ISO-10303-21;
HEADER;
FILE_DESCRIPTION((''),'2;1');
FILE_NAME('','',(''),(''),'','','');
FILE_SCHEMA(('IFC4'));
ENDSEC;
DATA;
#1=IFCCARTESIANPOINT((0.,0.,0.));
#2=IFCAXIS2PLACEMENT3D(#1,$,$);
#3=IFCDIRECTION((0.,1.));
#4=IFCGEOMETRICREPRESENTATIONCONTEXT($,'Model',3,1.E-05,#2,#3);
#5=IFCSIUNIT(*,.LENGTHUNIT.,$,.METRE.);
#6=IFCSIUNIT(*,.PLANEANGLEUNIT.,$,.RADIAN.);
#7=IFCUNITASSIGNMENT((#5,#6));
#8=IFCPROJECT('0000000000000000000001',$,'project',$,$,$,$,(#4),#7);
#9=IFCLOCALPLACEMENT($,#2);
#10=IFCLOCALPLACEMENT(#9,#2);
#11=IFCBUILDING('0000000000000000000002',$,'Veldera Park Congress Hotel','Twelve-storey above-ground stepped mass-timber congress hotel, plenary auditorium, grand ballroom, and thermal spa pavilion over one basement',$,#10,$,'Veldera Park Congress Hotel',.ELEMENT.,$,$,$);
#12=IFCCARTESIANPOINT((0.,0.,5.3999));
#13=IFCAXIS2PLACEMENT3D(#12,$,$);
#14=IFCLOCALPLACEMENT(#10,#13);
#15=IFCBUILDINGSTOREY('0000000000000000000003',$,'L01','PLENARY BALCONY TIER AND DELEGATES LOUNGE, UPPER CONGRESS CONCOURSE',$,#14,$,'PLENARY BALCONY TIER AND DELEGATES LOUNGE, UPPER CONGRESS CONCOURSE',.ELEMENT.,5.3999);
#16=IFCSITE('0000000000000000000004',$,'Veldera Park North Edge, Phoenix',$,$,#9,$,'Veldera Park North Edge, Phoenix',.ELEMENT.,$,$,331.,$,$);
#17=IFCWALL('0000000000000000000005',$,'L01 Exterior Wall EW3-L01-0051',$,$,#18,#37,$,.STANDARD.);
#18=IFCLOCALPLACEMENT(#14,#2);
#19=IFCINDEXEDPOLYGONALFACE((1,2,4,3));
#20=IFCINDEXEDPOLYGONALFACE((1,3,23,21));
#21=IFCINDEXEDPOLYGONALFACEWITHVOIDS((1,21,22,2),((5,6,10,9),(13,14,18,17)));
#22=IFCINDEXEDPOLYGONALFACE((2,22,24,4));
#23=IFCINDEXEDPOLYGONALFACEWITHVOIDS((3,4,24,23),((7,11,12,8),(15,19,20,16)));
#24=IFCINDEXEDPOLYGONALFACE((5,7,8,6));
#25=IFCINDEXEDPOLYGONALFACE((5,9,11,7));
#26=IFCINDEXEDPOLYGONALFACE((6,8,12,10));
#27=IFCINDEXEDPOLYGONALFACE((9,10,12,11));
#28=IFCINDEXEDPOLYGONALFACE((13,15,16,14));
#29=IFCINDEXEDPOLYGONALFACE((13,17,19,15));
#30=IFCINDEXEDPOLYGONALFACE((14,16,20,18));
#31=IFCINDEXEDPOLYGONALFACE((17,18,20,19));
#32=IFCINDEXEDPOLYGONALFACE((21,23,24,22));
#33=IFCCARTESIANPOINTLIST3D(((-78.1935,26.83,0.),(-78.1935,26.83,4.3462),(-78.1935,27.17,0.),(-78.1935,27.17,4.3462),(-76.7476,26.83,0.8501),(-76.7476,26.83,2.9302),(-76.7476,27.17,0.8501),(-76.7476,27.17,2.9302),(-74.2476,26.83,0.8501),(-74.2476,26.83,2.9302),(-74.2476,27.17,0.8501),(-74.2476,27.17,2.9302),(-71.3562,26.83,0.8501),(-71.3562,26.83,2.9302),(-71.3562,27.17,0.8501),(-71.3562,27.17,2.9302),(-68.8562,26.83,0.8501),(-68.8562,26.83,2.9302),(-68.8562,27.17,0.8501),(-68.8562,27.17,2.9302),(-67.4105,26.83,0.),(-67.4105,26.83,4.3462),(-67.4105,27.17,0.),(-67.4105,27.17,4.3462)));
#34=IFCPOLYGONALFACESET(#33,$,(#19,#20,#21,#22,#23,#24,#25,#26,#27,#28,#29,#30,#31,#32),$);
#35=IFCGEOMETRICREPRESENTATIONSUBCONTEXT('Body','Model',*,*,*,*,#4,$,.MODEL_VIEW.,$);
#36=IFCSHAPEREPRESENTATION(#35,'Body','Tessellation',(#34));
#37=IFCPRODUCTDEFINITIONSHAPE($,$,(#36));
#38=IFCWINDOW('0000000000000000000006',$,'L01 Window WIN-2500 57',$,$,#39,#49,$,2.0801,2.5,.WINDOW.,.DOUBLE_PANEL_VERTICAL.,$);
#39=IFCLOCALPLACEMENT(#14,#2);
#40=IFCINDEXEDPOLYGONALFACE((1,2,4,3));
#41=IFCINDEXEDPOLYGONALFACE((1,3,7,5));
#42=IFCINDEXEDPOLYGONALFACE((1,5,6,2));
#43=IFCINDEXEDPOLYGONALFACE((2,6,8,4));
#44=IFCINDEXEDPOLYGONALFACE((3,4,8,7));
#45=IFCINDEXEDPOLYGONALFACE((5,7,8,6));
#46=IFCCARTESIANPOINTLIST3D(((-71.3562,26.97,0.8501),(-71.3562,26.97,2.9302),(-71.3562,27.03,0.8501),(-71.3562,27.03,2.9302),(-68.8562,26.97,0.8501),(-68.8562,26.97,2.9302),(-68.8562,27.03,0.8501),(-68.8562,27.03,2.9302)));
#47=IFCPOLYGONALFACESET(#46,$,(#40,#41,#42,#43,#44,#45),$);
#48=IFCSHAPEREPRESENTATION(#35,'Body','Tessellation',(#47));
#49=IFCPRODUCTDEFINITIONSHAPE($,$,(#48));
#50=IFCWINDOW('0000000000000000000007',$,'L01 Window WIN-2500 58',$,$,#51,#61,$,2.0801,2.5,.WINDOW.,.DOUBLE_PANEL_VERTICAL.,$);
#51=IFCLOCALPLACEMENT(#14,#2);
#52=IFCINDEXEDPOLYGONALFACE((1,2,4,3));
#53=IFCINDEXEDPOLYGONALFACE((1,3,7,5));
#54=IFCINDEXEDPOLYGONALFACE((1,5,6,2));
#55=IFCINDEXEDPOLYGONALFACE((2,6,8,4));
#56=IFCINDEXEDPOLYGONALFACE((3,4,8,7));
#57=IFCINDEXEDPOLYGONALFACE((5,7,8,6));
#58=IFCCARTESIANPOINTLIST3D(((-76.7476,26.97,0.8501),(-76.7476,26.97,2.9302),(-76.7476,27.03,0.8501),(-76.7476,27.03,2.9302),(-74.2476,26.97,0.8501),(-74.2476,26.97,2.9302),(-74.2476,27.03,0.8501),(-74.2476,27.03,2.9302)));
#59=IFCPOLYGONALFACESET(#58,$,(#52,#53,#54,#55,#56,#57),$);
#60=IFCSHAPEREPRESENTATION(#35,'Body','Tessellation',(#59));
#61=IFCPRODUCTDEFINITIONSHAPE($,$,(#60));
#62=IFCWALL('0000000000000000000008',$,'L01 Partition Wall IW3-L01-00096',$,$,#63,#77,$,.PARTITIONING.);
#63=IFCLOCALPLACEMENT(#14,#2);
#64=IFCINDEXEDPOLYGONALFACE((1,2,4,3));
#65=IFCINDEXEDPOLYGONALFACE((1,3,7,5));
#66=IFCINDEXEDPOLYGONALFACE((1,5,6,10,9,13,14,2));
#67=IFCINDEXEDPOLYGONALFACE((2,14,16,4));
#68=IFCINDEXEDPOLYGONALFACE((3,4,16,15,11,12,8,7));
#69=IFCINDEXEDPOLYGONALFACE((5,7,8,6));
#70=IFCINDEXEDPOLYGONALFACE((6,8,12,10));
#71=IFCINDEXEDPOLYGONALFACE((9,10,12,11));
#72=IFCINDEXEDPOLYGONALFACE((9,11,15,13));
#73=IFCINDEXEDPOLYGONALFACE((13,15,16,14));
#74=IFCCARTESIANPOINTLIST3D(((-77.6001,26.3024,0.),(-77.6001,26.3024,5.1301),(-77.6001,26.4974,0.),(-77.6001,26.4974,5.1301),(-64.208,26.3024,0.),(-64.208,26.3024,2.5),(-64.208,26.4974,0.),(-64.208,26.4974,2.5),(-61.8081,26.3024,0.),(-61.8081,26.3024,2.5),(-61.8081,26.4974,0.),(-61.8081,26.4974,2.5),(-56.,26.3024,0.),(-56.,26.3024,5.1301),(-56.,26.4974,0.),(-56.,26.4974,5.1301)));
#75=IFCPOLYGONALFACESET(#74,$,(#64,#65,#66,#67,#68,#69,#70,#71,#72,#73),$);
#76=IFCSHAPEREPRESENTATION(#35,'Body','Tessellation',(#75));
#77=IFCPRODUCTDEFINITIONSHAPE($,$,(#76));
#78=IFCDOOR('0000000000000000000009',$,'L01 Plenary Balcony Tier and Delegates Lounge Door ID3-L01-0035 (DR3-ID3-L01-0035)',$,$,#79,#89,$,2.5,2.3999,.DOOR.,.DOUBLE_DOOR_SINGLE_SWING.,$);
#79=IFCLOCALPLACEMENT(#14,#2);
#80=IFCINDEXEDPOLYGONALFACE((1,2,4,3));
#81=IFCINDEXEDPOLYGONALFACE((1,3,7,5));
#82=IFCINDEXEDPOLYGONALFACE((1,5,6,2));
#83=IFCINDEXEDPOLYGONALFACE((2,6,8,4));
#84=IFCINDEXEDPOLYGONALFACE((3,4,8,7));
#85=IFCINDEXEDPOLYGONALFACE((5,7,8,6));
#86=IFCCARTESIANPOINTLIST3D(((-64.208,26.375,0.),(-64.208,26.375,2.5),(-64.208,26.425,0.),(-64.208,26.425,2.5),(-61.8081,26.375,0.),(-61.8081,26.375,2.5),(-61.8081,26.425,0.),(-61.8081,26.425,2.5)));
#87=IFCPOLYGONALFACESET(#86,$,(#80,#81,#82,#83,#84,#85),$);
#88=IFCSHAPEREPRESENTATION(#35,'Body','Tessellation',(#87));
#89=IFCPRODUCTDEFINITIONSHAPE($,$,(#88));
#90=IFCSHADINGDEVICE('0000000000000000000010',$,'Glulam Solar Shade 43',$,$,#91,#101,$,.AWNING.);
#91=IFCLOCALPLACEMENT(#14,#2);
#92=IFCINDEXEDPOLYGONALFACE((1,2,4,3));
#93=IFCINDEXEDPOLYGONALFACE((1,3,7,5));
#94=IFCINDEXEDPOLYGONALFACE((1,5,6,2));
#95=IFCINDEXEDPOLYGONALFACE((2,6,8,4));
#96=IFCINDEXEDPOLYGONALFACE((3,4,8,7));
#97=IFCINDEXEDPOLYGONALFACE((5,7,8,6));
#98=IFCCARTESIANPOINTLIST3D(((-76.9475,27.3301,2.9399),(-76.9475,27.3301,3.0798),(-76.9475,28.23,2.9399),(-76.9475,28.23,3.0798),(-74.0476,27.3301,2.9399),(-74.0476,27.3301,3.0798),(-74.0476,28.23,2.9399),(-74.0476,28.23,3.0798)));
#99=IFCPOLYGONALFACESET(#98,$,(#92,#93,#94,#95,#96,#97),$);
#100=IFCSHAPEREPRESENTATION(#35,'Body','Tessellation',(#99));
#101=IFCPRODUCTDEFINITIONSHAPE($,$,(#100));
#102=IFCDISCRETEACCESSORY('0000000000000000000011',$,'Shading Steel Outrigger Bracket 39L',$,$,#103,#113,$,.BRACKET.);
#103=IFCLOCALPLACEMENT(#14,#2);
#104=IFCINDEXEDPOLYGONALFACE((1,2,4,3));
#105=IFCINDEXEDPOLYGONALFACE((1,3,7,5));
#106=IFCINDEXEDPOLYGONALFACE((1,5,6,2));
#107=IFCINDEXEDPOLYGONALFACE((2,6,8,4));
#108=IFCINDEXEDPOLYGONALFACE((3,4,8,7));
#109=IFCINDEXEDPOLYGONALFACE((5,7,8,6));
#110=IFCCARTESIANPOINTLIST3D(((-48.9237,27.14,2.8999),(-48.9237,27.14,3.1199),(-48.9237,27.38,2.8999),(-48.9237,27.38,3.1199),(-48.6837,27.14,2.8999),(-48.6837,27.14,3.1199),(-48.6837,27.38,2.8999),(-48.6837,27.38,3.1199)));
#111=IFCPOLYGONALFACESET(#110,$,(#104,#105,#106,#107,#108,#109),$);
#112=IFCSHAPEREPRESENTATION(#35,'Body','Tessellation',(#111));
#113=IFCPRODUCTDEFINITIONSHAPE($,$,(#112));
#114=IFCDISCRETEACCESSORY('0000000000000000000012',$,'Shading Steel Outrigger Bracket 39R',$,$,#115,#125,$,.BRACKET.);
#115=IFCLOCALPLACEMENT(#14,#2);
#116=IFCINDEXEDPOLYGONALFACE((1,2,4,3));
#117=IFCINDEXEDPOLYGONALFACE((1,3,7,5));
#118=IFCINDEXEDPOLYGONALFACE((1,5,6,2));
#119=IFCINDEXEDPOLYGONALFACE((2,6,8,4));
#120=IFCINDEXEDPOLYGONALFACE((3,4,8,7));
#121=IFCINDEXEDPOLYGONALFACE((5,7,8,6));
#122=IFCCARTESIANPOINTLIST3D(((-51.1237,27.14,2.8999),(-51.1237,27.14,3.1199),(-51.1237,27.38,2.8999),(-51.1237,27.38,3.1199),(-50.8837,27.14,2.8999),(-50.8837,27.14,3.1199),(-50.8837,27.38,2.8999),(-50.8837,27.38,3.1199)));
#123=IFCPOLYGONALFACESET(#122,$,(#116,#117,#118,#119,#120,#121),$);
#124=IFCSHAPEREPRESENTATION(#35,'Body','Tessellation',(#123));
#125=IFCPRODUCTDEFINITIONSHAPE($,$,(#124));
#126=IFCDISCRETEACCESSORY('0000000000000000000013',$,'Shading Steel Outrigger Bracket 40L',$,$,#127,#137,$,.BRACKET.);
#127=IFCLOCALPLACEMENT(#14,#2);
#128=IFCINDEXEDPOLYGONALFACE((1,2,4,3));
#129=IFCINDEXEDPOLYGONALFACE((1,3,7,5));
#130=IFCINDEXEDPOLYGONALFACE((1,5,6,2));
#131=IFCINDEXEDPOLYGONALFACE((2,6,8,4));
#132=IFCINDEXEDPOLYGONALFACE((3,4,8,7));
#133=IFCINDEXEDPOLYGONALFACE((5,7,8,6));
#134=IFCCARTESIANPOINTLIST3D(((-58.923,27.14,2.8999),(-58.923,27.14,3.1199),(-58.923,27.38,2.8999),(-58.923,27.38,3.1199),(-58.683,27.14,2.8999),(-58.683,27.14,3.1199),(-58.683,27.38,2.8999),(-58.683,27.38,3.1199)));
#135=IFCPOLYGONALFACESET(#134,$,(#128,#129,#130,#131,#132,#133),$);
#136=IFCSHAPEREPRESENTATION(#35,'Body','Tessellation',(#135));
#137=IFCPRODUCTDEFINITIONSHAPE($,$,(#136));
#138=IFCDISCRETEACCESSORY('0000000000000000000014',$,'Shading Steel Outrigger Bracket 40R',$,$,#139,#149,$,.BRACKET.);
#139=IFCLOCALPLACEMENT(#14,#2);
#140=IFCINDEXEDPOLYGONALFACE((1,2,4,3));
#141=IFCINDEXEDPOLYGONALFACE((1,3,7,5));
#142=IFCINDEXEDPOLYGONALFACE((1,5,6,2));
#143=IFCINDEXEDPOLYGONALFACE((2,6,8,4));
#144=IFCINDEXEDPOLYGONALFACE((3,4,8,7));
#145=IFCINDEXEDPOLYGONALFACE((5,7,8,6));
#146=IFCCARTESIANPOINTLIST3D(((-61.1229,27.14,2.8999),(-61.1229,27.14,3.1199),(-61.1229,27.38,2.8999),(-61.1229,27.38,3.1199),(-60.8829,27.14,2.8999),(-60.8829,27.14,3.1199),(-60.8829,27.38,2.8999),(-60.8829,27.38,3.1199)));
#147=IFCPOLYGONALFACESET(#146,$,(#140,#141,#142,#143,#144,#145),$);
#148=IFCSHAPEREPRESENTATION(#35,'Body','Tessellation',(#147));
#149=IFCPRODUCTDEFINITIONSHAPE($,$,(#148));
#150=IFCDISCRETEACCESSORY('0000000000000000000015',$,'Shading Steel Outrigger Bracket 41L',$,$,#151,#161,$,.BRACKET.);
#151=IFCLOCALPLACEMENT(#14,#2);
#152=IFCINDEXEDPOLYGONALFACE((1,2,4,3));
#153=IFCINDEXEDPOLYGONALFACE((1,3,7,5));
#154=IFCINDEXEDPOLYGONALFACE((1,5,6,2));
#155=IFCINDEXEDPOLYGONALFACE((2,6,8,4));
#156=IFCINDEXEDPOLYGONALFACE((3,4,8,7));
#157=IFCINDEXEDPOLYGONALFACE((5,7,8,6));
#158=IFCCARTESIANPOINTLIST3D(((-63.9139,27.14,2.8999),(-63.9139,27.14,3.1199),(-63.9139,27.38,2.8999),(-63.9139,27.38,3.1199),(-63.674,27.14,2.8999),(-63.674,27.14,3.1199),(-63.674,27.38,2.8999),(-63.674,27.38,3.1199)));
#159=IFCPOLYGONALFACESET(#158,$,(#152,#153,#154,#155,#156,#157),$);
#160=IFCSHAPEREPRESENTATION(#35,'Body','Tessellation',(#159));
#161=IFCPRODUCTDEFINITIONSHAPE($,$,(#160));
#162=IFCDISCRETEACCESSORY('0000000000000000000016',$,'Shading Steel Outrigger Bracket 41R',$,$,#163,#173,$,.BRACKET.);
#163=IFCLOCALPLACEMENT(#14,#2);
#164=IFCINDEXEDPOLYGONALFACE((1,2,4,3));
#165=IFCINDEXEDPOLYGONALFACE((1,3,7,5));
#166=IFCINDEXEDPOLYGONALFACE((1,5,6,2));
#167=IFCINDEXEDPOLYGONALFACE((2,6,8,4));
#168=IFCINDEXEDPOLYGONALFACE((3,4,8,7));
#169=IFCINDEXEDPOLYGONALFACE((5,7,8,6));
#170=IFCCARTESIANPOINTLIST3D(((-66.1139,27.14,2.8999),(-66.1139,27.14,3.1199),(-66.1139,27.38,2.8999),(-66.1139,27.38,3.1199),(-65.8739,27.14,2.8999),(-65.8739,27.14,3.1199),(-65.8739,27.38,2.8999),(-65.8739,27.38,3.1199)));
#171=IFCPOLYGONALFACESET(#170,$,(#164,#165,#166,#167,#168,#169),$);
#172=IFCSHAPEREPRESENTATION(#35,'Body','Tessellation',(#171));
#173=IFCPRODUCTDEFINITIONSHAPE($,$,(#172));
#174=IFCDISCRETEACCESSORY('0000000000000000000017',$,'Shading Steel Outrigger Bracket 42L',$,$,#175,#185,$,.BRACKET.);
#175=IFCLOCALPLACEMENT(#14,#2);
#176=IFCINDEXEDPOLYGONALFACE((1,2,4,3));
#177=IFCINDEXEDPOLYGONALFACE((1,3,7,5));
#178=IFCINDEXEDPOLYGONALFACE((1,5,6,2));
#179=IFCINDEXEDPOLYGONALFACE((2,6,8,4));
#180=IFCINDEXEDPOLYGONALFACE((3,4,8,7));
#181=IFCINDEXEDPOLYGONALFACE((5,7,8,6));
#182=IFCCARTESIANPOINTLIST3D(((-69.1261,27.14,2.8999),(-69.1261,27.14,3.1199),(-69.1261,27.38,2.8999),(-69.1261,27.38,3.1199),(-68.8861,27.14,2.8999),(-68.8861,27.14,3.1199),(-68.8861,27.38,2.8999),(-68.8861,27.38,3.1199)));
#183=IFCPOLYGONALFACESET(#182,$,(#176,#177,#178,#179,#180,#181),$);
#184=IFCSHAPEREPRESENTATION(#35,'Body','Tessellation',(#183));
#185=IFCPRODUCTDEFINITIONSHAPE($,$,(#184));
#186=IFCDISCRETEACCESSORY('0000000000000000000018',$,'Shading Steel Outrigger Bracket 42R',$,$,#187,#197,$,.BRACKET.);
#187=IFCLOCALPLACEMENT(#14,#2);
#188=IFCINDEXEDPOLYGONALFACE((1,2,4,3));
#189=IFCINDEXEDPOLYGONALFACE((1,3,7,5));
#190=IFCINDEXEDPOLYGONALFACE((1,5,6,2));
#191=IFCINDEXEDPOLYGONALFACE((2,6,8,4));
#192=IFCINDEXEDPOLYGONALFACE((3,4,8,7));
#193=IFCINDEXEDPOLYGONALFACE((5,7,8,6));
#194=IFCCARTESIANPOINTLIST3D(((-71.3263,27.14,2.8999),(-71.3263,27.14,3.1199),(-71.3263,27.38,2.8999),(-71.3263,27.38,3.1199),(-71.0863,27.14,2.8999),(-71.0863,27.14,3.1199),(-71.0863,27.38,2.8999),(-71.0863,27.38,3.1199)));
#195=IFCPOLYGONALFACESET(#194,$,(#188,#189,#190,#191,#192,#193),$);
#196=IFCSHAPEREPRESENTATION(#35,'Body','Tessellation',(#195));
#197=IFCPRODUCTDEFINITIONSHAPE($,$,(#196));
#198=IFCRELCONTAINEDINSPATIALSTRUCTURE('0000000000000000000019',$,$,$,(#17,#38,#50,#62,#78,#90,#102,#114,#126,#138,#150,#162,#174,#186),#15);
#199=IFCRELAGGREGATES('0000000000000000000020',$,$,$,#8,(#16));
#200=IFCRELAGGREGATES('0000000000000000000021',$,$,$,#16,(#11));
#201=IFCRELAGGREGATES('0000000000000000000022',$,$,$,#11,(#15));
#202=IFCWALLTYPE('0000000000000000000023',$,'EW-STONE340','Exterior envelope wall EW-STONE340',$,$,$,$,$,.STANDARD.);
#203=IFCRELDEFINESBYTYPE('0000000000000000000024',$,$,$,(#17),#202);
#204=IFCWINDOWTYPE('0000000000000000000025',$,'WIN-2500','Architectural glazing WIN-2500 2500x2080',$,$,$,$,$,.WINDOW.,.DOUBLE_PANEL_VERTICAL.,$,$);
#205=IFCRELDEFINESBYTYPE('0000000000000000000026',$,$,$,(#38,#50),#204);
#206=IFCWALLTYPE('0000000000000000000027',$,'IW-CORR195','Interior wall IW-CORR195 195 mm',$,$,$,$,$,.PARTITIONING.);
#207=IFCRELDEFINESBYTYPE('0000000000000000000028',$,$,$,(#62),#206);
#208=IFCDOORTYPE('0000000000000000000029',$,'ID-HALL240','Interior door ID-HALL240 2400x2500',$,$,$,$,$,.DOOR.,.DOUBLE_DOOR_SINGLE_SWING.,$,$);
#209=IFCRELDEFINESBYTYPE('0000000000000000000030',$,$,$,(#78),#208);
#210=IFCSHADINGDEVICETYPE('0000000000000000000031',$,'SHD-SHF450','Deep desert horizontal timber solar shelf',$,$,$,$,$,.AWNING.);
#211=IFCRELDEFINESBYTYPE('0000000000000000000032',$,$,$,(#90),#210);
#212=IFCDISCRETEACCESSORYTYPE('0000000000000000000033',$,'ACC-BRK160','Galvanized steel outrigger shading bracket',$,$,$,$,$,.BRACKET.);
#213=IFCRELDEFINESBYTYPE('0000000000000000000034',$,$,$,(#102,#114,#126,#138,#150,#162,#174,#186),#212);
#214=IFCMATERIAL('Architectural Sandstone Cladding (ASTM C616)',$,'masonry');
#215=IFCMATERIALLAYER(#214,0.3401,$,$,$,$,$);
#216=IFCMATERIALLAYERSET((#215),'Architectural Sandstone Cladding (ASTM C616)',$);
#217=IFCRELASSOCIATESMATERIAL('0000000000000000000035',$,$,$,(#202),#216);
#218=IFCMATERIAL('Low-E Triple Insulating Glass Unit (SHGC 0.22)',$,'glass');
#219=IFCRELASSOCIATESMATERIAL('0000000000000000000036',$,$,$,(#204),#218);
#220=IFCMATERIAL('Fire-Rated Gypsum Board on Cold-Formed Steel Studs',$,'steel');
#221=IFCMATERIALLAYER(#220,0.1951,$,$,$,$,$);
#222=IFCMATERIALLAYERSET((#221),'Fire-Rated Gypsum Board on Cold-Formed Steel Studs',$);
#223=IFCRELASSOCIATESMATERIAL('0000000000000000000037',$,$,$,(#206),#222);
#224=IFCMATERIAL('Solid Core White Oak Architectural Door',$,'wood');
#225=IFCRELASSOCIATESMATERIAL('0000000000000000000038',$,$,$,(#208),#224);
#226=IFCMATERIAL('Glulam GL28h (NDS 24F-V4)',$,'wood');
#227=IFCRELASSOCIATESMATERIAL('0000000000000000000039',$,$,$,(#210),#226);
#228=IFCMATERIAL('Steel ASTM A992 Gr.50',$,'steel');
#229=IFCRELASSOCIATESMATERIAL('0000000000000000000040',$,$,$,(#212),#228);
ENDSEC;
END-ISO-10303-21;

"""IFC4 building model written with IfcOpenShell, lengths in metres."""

from ifc_helpers import new_model, si_unit, direction, frame, frame_2d, origin, origin_2d, place, context, subcontext, project, spatial, rectangle, extrude, material, layer, layer_set, type_object, element, fill, save


model = new_model("IFC4")

# Units and contexts
model_context = context("Model", 3, precision=1e-05, world=origin(), true_north=direction((0.0, 1.0)))
body_context = subcontext(model_context, "Body", "Model", "MODEL_VIEW")
ifc_project = project(units=[si_unit("LENGTHUNIT", "METRE"), si_unit("PLANEANGLEUNIT", "RADIAN")], contexts=[model_context])

# Site, building, storey
site_placement = place(None, origin())
site = spatial("IfcSite", under=ifc_project, at=site_placement, Name="Veldera Park North Edge, Phoenix", LongName="Veldera Park North Edge, Phoenix", CompositionType="ELEMENT", RefElevation=331.0)
building_placement = place(site_placement, origin())
building = spatial("IfcBuilding", under=site, at=building_placement, Name="Veldera Park Congress Hotel", Description="Twelve-storey above-ground stepped mass-timber congress hotel, plenary auditorium, grand ballroom, and thermal spa pavilion over one basement", LongName="Veldera Park Congress Hotel", CompositionType="ELEMENT")
storey_placement = place(building_placement, frame((0.0, 0.0, 5.3999)))
storey = spatial("IfcBuildingStorey", under=building, at=storey_placement, Name="L01", Description="PLENARY BALCONY TIER AND DELEGATES LOUNGE, UPPER CONGRESS CONCOURSE", LongName="PLENARY BALCONY TIER AND DELEGATES LOUNGE, UPPER CONGRESS CONCOURSE", CompositionType="ELEMENT", Elevation=5.3999)

# Shared definitions
ifc_material_1 = material(Name="Steel ASTM A992 Gr.50", Category="steel")

# Wall, openings, windows
ifc_material_2 = material(Name="Architectural Sandstone Cladding (ASTM C616)", Category="masonry")
ifc_layer_1 = layer(ifc_material_2, 0.3401)
ifc_layer_set_1 = layer_set([ifc_layer_1], Name="Architectural Sandstone Cladding (ASTM C616)")
wall_type_1 = type_object("IfcWallType", Name="EW-STONE340", Description="Exterior envelope wall EW-STONE340", PredefinedType="STANDARD", material=ifc_layer_set_1)
ifc_material_3 = material(Name="Low-E Triple Insulating Glass Unit (SHGC 0.22)", Category="glass")
window_type = type_object("IfcWindowType", Name="WIN-2500", Description="Architectural glazing WIN-2500 2500x2080", PartitioningType="DOUBLE_PANEL_VERTICAL", PredefinedType="WINDOW", material=ifc_material_3)
wall_1_placement = place(storey_placement, frame((-67.4104, 27.0, 0.0), z_axis=(0.0, 0.0, 1.0), x_axis=(-1.0, 0.0, 0.0)))
wall_1 = element("IfcWall", 1, at=wall_1_placement, inside=storey, type_object=wall_type_1, Name="L01 Exterior Wall EW3-L01-0051", PredefinedType="STANDARD", context=body_context, shape_type="SweptSolid", body=[
    extrude(rectangle(XDim=10.783, YDim=0.3401, at=frame_2d((5.3916, 0.0))), origin(), (0.0, 0.0, 1.0), 4.3462),
])
opening_1_placement = place(wall_1_placement, frame((1.4458, 0.0, 0.8501)))
opening_1 = element("IfcOpeningElement", 2, at=opening_1_placement, cuts=wall_1, PredefinedType="OPENING", context=body_context, shape_type="SweptSolid", body=[
    extrude(rectangle(XDim=2.5, YDim=2.0801, at=frame_2d((1.25, 1.04))), frame((0.0, 0.1821, 0.0), z_axis=(0.0, -1.0, 0.0), x_axis=(1.0, 0.0, 0.0)), (0.0, 0.0, 1.0), 0.364),
])
opening_2_placement = place(wall_1_placement, frame((6.8372, 0.0, 0.8501)))
opening_2 = element("IfcOpeningElement", 3, at=opening_2_placement, cuts=wall_1, PredefinedType="OPENING", context=body_context, shape_type="SweptSolid", body=[
    extrude(rectangle(XDim=2.5, YDim=2.0801, at=frame_2d((1.25, 1.04))), frame((0.0, 0.1821, 0.0), z_axis=(0.0, -1.0, 0.0), x_axis=(1.0, 0.0, 0.0)), (0.0, 0.0, 1.0), 0.364),
])
window_1_placement = place(opening_1_placement, origin())
window_1 = element("IfcWindow", 4, at=window_1_placement, inside=storey, type_object=window_type, Name="L01 Window WIN-2500 57", OverallHeight=2.0801, OverallWidth=2.5, PartitioningType="DOUBLE_PANEL_VERTICAL", PredefinedType="WINDOW", context=body_context, shape_type="SweptSolid", body=[
    extrude(rectangle(XDim=2.5, YDim=2.0801, at=frame_2d((1.25, 1.04))), frame((0.0, 0.03, 0.0), z_axis=(0.0, -1.0, 0.0), x_axis=(1.0, 0.0, 0.0)), (0.0, 0.0, 1.0), 0.0601),
])
fill(opening_1, window_1)
window_2_placement = place(opening_2_placement, origin())
window_2 = element("IfcWindow", 5, at=window_2_placement, inside=storey, type_object=window_type, Name="L01 Window WIN-2500 58", OverallHeight=2.0801, OverallWidth=2.5, PartitioningType="DOUBLE_PANEL_VERTICAL", PredefinedType="WINDOW", context=body_context, shape_type="SweptSolid", body=[
    extrude(rectangle(XDim=2.5, YDim=2.0801, at=frame_2d((1.25, 1.04))), frame((0.0, 0.03, 0.0), z_axis=(0.0, -1.0, 0.0), x_axis=(1.0, 0.0, 0.0)), (0.0, 0.0, 1.0), 0.0601),
])
fill(opening_2, window_2)

# Wall, opening, door
ifc_material_4 = material(Name="Fire-Rated Gypsum Board on Cold-Formed Steel Studs", Category="steel")
ifc_layer_2 = layer(ifc_material_4, 0.1951)
ifc_layer_set_2 = layer_set([ifc_layer_2], Name="Fire-Rated Gypsum Board on Cold-Formed Steel Studs")
wall_type_2 = type_object("IfcWallType", Name="IW-CORR195", Description="Interior wall IW-CORR195 195 mm", PredefinedType="PARTITIONING", material=ifc_layer_set_2)
wall_2_placement = place(storey_placement, frame((-56.0, 26.3999, 0.0), z_axis=(0.0, 0.0, 1.0), x_axis=(-1.0, 0.0, 0.0)))
wall_2 = element("IfcWall", 6, at=wall_2_placement, inside=storey, type_object=wall_type_2, Name="L01 Partition Wall IW3-L01-00096", PredefinedType="PARTITIONING", context=body_context, shape_type="SweptSolid", body=[
    extrude(rectangle(XDim=21.6001, YDim=0.1951, at=frame_2d((10.8, 0.0))), origin(), (0.0, 0.0, 1.0), 5.1301),
])
opening_3_placement = place(wall_2_placement, frame((5.8081, 0.0, 0.0)))
opening_3 = element("IfcOpeningElement", 7, at=opening_3_placement, cuts=wall_2, PredefinedType="OPENING", context=body_context, shape_type="SweptSolid", body=[
    extrude(rectangle(XDim=2.3999, YDim=2.5, at=frame_2d((1.2, 1.25))), frame((0.0, 0.1096, 0.0), z_axis=(0.0, -1.0, 0.0), x_axis=(1.0, 0.0, 0.0)), (0.0, 0.0, 1.0), 0.219),
])
ifc_material_5 = material(Name="Solid Core White Oak Architectural Door", Category="wood")
door_type = type_object("IfcDoorType", Name="ID-HALL240", Description="Interior door ID-HALL240 2400x2500", OperationType="DOUBLE_DOOR_SINGLE_SWING", PredefinedType="DOOR", material=ifc_material_5)
door_placement = place(opening_3_placement, origin())
door = element("IfcDoor", 8, at=door_placement, inside=storey, type_object=door_type, Name="L01 Plenary Balcony Tier and Delegates Lounge Door ID3-L01-0035 (DR3-ID3-L01-0035)", OperationType="DOUBLE_DOOR_SINGLE_SWING", OverallHeight=2.5, OverallWidth=2.3999, PredefinedType="DOOR", context=body_context, shape_type="SweptSolid", body=[
    extrude(rectangle(XDim=2.3999, YDim=2.5, at=frame_2d((1.2, 1.25))), frame((0.0, 0.0249, 0.0), z_axis=(0.0, -1.0, 0.0), x_axis=(1.0, 0.0, 0.0)), (0.0, 0.0, 1.0), 0.05),
])
fill(opening_3, door)

# Shading device
ifc_material_6 = material(Name="Glulam GL28h (NDS 24F-V4)", Category="wood")
shading_device_type = type_object("IfcShadingDeviceType", Name="SHD-SHF450", Description="Deep desert horizontal timber solar shelf", PredefinedType="AWNING", material=ifc_material_6)
shading_device_placement = place(storey_placement, frame((-75.4976, 27.78, 2.9399), z_axis=(0.0, 0.0, 1.0), x_axis=(-1.0, 0.0, 0.0)))
element("IfcShadingDevice", 9, at=shading_device_placement, inside=storey, type_object=shading_device_type, Name="Glulam Solar Shade 43", PredefinedType="AWNING", context=body_context, shape_type="SweptSolid", body=[
    extrude(rectangle(XDim=2.8999, YDim=0.8999, at=origin_2d()), origin(), (0.0, 0.0, 1.0), 0.1399),
])

# Discrete accessories
discrete_accessory_type = type_object("IfcDiscreteAccessoryType", Name="ACC-BRK160", Description="Galvanized steel outrigger shading bracket", PredefinedType="BRACKET", material=ifc_material_1)
for number, where, z_axis, x_axis, name in (
    (10, (-48.8037, 27.26, 2.8999), (0.0, 0.0, 1.0), (-1.0, 0.0, 0.0), "Shading Steel Outrigger Bracket 39L"),
    (11, (-51.0037, 27.26, 2.8999), (0.0, 0.0, 1.0), (-1.0, 0.0, 0.0), "Shading Steel Outrigger Bracket 39R"),
    (12, (-58.803, 27.26, 2.8999), (0.0, 0.0, 1.0), (-1.0, 0.0, 0.0), "Shading Steel Outrigger Bracket 40L"),
    (13, (-61.0029, 27.26, 2.8999), (0.0, 0.0, 1.0), (-1.0, 0.0, 0.0), "Shading Steel Outrigger Bracket 40R"),
    (14, (-63.7939, 27.26, 2.8999), (0.0, 0.0, 1.0), (-1.0, 0.0, 0.0), "Shading Steel Outrigger Bracket 41L"),
    (15, (-65.9939, 27.26, 2.8999), (0.0, 0.0, 1.0), (-1.0, 0.0, 0.0), "Shading Steel Outrigger Bracket 41R"),
    (16, (-69.0061, 27.26, 2.8999), (0.0, 0.0, 1.0), (-1.0, 0.0, 0.0), "Shading Steel Outrigger Bracket 42L"),
    (17, (-71.2063, 27.26, 2.8999), (0.0, 0.0, 1.0), (-1.0, 0.0, 0.0), "Shading Steel Outrigger Bracket 42R"),
):
    element("IfcDiscreteAccessory", number, at=place(storey_placement, frame(where, z_axis=z_axis, x_axis=x_axis)), inside=storey, type_object=discrete_accessory_type, Name=name, PredefinedType="BRACKET", context=body_context, shape_type="SweptSolid", body=[
        extrude(rectangle(XDim=0.24, YDim=0.24, at=origin_2d()), origin(), (0.0, 0.0, 1.0), 0.22),
    ])

save(model, "model.ifc")
